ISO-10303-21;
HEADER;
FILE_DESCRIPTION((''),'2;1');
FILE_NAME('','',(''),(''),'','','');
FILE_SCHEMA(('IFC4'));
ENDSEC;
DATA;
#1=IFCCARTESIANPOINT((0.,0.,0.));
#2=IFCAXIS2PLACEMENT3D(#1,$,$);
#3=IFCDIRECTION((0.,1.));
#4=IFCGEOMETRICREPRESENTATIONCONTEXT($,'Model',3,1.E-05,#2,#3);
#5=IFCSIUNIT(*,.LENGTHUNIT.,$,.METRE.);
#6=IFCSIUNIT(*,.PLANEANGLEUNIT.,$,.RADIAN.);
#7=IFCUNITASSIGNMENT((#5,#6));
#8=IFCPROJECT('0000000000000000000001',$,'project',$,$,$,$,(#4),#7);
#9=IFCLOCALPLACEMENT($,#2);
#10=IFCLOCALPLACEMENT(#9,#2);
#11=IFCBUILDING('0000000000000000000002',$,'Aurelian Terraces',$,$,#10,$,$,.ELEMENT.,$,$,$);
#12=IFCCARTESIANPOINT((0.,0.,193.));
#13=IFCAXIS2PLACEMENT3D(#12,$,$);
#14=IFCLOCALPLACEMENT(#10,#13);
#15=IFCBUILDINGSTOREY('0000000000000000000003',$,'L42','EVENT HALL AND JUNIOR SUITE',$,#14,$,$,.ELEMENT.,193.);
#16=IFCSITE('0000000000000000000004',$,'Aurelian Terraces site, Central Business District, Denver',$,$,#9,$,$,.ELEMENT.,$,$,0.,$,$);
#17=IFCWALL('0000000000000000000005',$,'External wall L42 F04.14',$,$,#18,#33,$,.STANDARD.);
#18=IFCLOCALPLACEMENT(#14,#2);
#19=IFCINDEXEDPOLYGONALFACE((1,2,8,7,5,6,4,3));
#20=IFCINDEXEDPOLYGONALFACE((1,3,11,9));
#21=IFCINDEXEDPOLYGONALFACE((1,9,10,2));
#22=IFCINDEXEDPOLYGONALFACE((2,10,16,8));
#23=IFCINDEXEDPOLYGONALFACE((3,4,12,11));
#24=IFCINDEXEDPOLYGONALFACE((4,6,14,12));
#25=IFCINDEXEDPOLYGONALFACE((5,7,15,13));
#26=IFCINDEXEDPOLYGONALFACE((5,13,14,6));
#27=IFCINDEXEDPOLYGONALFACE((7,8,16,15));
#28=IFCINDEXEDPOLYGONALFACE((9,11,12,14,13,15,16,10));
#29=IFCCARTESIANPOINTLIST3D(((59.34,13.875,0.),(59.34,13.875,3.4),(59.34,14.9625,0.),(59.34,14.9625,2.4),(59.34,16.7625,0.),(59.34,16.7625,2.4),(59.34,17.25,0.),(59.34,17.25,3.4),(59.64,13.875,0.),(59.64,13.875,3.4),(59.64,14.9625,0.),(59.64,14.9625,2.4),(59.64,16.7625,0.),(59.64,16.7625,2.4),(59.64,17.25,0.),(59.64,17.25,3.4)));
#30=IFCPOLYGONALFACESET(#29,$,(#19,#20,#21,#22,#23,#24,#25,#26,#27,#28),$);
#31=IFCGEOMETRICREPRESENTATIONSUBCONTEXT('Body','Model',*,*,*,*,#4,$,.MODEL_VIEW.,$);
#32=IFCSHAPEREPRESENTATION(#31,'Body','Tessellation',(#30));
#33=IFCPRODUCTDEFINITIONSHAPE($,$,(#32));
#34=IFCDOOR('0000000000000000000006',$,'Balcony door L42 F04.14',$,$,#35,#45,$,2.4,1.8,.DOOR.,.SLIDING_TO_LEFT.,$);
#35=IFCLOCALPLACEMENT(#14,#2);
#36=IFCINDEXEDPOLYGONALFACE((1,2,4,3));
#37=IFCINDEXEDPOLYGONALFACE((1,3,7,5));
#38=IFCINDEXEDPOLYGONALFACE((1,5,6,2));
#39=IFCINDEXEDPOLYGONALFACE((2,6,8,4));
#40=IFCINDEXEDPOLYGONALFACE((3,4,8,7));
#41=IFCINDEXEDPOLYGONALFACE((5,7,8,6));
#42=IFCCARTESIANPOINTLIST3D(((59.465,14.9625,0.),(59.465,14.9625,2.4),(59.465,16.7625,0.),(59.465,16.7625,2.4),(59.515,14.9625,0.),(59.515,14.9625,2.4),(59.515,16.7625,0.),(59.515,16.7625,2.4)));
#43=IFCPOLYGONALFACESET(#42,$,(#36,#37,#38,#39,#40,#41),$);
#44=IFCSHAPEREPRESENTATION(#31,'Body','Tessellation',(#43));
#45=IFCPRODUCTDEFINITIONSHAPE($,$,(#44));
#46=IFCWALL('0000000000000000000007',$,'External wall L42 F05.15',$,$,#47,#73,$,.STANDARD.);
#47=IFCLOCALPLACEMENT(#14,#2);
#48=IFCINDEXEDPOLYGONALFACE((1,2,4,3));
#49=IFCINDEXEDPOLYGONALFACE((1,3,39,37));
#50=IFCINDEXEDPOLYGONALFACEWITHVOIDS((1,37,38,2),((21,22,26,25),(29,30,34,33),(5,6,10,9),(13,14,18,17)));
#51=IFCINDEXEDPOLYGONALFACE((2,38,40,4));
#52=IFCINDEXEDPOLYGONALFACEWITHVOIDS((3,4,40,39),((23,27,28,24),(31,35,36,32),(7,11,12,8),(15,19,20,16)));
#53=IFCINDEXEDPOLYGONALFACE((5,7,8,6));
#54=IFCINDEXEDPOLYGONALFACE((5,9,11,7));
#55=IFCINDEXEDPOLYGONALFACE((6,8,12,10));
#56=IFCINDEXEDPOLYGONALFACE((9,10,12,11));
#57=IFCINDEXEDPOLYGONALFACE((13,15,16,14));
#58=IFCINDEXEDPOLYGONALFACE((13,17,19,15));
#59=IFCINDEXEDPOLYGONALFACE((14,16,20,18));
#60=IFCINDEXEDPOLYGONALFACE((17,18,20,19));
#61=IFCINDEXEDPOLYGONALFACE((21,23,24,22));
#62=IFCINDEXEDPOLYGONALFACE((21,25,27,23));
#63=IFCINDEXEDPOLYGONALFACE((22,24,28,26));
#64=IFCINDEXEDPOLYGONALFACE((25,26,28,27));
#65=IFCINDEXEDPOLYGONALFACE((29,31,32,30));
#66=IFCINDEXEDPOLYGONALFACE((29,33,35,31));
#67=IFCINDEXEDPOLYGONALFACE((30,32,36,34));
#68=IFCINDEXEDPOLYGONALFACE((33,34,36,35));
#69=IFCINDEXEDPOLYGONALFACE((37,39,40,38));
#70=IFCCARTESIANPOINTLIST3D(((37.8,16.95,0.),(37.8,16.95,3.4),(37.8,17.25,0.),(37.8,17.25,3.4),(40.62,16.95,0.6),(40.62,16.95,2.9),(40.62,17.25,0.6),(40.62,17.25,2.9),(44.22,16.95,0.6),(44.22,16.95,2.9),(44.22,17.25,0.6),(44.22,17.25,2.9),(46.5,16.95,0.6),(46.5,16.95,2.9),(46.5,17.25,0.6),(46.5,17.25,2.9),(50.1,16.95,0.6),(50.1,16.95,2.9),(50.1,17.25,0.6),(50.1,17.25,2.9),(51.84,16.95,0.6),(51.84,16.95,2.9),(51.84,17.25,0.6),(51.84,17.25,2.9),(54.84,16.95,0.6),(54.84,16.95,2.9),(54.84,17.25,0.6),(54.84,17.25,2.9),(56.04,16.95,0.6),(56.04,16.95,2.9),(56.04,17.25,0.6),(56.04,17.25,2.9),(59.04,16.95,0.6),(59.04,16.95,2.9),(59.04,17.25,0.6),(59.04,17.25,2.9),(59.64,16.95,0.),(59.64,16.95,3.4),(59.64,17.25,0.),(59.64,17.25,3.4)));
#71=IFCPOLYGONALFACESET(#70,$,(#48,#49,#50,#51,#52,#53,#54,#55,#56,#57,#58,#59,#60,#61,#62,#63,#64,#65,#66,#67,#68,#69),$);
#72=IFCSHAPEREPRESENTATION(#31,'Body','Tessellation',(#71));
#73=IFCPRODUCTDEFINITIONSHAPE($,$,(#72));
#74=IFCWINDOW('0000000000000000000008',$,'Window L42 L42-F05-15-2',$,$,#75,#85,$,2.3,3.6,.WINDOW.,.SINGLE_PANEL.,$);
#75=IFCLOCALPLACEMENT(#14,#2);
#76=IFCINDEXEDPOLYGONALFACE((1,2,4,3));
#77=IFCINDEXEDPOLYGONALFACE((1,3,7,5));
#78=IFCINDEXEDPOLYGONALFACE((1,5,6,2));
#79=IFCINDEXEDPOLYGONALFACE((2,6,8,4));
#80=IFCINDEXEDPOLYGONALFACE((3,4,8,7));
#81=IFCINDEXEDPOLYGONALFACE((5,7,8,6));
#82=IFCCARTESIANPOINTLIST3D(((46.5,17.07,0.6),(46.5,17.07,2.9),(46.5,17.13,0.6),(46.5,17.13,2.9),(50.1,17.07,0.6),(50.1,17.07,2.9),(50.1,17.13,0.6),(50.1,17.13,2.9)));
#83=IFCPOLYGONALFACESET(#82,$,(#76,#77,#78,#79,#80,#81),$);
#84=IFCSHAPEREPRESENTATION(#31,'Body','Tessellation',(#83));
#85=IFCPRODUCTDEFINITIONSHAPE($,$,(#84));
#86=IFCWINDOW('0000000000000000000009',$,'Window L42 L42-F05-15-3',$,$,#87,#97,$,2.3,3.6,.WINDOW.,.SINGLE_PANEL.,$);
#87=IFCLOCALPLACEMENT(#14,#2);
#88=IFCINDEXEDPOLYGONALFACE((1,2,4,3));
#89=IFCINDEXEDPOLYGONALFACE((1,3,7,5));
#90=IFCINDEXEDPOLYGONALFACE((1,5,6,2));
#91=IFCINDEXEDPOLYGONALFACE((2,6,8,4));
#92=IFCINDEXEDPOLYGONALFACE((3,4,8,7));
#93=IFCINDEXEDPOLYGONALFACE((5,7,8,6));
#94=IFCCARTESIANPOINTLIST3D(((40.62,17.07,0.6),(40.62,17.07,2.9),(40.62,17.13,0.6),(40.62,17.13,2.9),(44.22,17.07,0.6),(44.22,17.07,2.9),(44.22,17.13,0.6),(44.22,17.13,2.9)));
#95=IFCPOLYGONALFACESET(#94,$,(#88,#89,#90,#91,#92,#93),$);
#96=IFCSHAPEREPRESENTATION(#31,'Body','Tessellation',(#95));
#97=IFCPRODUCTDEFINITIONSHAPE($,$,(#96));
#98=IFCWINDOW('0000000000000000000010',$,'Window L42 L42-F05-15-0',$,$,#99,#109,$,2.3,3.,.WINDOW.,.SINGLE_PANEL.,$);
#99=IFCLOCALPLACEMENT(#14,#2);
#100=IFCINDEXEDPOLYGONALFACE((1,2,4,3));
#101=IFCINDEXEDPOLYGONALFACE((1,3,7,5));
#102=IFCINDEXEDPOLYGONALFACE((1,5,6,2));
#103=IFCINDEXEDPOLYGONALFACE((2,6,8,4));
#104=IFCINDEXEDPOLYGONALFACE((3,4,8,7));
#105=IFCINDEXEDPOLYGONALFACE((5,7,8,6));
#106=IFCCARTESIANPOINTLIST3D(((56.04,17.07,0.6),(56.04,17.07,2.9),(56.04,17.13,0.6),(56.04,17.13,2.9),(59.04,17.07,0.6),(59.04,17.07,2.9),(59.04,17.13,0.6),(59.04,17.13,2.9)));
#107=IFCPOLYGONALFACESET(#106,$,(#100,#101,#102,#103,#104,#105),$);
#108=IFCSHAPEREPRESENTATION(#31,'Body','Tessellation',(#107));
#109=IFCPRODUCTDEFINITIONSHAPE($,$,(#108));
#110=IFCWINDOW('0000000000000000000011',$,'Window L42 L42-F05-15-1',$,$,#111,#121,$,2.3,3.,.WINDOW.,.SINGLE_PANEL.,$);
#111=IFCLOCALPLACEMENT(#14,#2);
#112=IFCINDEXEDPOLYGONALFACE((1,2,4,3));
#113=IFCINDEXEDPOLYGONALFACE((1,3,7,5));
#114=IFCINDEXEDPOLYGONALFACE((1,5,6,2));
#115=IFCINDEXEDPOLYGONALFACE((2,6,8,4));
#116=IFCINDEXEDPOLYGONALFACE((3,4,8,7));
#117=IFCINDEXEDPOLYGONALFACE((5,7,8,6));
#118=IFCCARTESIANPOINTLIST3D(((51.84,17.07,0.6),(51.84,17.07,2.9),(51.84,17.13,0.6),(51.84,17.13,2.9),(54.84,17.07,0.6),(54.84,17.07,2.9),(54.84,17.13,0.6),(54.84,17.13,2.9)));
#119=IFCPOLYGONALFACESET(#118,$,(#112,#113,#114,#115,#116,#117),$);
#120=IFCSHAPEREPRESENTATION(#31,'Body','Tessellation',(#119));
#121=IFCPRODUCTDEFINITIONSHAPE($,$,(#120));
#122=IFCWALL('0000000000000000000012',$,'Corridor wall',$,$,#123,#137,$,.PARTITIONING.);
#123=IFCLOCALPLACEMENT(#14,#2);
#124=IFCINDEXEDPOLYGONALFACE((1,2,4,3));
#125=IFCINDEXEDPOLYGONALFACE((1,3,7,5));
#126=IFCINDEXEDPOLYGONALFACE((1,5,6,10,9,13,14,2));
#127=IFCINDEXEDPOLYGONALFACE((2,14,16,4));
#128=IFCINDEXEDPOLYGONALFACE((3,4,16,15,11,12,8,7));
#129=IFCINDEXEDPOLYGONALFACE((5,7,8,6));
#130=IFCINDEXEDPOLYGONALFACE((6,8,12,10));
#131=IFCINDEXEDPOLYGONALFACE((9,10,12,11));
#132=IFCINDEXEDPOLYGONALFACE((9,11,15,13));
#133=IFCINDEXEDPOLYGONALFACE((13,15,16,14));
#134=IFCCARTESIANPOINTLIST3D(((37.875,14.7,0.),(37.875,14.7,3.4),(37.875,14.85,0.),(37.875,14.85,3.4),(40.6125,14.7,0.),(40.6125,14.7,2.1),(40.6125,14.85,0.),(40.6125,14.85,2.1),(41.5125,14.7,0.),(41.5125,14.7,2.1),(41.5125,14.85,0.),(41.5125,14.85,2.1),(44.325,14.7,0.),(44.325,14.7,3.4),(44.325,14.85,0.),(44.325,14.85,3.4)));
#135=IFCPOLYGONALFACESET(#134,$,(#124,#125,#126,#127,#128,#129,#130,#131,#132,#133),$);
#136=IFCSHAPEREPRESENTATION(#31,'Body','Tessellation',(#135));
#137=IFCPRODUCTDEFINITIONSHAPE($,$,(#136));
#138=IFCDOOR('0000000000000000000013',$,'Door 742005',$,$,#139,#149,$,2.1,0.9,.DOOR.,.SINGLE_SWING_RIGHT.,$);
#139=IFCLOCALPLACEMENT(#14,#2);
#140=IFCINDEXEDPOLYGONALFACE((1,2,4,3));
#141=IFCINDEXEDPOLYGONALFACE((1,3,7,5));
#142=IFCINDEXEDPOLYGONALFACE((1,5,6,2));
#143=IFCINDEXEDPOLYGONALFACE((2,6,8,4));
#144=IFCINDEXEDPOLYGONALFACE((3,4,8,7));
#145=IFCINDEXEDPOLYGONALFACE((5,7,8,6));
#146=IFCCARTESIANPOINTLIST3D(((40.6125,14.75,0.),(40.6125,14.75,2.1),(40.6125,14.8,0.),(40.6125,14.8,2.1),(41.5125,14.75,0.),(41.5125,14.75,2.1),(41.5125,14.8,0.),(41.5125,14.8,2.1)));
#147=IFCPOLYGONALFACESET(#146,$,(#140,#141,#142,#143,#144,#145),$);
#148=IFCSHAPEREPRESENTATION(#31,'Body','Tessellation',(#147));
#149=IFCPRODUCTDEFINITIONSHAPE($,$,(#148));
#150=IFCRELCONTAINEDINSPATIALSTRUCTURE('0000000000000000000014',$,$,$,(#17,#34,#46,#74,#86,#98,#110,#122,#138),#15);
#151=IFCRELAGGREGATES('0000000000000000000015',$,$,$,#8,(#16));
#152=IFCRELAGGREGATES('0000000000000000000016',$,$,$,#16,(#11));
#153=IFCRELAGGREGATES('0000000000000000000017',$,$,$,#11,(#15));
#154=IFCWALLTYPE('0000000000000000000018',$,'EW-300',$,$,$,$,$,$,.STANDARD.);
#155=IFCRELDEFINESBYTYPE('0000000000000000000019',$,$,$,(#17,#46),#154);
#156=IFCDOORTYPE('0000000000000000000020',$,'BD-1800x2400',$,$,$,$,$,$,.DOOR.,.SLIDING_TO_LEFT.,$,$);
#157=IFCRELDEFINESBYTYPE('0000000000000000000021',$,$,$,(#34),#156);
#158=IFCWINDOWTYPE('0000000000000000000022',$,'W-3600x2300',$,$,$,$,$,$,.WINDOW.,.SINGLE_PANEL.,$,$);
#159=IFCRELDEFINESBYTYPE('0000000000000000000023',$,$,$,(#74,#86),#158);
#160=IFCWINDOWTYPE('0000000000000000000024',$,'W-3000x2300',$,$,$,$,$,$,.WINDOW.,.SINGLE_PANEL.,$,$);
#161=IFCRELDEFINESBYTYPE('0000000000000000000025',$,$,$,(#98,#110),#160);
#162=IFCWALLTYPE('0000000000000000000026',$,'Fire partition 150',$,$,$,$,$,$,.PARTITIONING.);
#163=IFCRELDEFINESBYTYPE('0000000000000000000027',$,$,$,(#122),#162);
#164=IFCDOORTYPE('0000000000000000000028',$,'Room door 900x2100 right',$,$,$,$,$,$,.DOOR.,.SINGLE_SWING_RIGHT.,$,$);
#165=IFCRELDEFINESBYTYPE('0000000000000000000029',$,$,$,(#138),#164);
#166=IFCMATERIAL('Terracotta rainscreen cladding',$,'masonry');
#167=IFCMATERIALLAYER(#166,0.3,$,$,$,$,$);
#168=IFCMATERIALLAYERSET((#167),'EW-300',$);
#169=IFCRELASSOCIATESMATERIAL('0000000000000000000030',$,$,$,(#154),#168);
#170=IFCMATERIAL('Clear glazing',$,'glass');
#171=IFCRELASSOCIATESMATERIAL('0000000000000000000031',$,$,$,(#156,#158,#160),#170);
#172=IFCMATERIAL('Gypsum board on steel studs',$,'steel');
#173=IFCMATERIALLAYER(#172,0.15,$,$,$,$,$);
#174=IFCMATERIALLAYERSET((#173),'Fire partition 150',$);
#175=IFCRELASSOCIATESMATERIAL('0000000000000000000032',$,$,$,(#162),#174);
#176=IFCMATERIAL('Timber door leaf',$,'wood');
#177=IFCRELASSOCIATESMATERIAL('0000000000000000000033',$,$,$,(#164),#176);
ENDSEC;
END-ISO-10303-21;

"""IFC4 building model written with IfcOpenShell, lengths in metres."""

from ifc_helpers import new_model, si_unit, direction, frame, frame_2d, origin, place, context, subcontext, project, spatial, rectangle, extrude, source, transform, mapped, material, layer, layer_set, type_object, element, fill, save


model = new_model("IFC4")

# Units and contexts
model_context = context("Model", 3, precision=1e-05, world=origin(), true_north=direction((0.0, 1.0)))
body_context = subcontext(model_context, "Body", "Model", "MODEL_VIEW")
ifc_project = project(units=[si_unit("LENGTHUNIT", "METRE"), si_unit("PLANEANGLEUNIT", "RADIAN")], contexts=[model_context])

# Site, building, storey
site_placement = place(None, origin())
site = spatial("IfcSite", under=ifc_project, at=site_placement, Name="Aurelian Terraces site, Central Business District, Denver", CompositionType="ELEMENT", RefElevation=0.0)
building_placement = place(site_placement, origin())
building = spatial("IfcBuilding", under=site, at=building_placement, Name="Aurelian Terraces", CompositionType="ELEMENT")
storey_placement = place(building_placement, frame((0.0, 0.0, 193.0)))
storey = spatial("IfcBuildingStorey", under=building, at=storey_placement, Name="L42", Description="EVENT HALL AND JUNIOR SUITE", CompositionType="ELEMENT", Elevation=193.0)

# Wall, opening, door
ifc_material_1 = material(Name="Terracotta rainscreen cladding", Category="masonry")
ifc_layer_1 = layer(ifc_material_1, 0.3)
ifc_layer_set_1 = layer_set([ifc_layer_1], Name="EW-300")
wall_type_1 = type_object("IfcWallType", Name="EW-300", PredefinedType="STANDARD", material=ifc_layer_set_1)
shared_shape_1 = source(origin(), body_context, "Body", "SweptSolid", [
    extrude(rectangle(XDim=3.375, YDim=0.3, at=frame_2d((1.6875, 0.0))), origin(), (0.0, 0.0, 1.0), 3.4),
])
wall_1_placement = place(storey_placement, frame((59.49, 13.875, 0.0), z_axis=(0.0, 0.0, 1.0), x_axis=(0.0, 1.0, 0.0)))
wall_1 = element("IfcWall", 1, at=wall_1_placement, inside=storey, type_object=wall_type_1, Name="External wall L42 F04.14", PredefinedType="STANDARD", context=body_context, shape_type="MappedRepresentation", body=[
    mapped(shared_shape_1, transform((0.0, 0.0, 0.0), scale=1.0)),
])
shared_shape_2 = source(origin(), body_context, "Body", "SweptSolid", [
    extrude(rectangle(XDim=1.8, YDim=2.4, at=frame_2d((0.9, 1.2))), frame((0.0, 0.16, 0.0), z_axis=(0.0, -1.0, 0.0), x_axis=(1.0, 0.0, 0.0)), (0.0, 0.0, 1.0), 0.32),
])
opening_1_placement = place(wall_1_placement, frame((1.0875, 0.0, 0.0)))
opening_1 = element("IfcOpeningElement", 2, at=opening_1_placement, cuts=wall_1, PredefinedType="OPENING", context=body_context, shape_type="MappedRepresentation", body=[
    mapped(shared_shape_2, transform((0.0, 0.0, 0.0), scale=1.0)),
])
ifc_material_2 = material(Name="Clear glazing", Category="glass")
door_type_1 = type_object("IfcDoorType", Name="BD-1800x2400", OperationType="SLIDING_TO_LEFT", PredefinedType="DOOR", material=ifc_material_2)
shared_shape_3 = source(origin(), body_context, "Body", "SweptSolid", [
    extrude(rectangle(XDim=1.8, YDim=2.4, at=frame_2d((0.9, 1.2))), frame((0.0, 0.025, 0.0), z_axis=(0.0, -1.0, 0.0), x_axis=(1.0, 0.0, 0.0)), (0.0, 0.0, 1.0), 0.05),
])
door_1_placement = place(opening_1_placement, origin())
door_1 = element("IfcDoor", 3, at=door_1_placement, inside=storey, type_object=door_type_1, Name="Balcony door L42 F04.14", OperationType="SLIDING_TO_LEFT", OverallHeight=2.4, OverallWidth=1.8, PredefinedType="DOOR", context=body_context, shape_type="MappedRepresentation", body=[
    mapped(shared_shape_3, transform((0.0, 0.0, 0.0), scale=1.0)),
])
fill(opening_1, door_1)

# Wall, openings, windows
shared_shape_4 = source(origin(), body_context, "Body", "SweptSolid", [
    extrude(rectangle(XDim=21.84, YDim=0.3, at=frame_2d((10.92, 0.0))), origin(), (0.0, 0.0, 1.0), 3.4),
])
wall_2_placement = place(storey_placement, frame((59.64, 17.1, 0.0), z_axis=(0.0, 0.0, 1.0), x_axis=(-1.0, 0.0, 0.0)))
wall_2 = element("IfcWall", 4, at=wall_2_placement, inside=storey, type_object=wall_type_1, Name="External wall L42 F05.15", PredefinedType="STANDARD", context=body_context, shape_type="MappedRepresentation", body=[
    mapped(shared_shape_4, transform((0.0, 0.0, 0.0), scale=1.0)),
])
shared_shape_5 = source(origin(), body_context, "Body", "SweptSolid", [
    extrude(rectangle(XDim=3.0, YDim=2.3, at=frame_2d((1.5, 1.15))), frame((0.0, 0.16, 0.0), z_axis=(0.0, -1.0, 0.0), x_axis=(1.0, 0.0, 0.0)), (0.0, 0.0, 1.0), 0.32),
])
opening_2_placement = place(wall_2_placement, frame((0.6, 0.0, 0.6)))
opening_2 = element("IfcOpeningElement", 5, at=opening_2_placement, cuts=wall_2, PredefinedType="OPENING", context=body_context, shape_type="MappedRepresentation", body=[
    mapped(shared_shape_5, transform((0.0, 0.0, 0.0), scale=1.0)),
])
opening_3_placement = place(wall_2_placement, frame((4.8, 0.0, 0.6)))
opening_3 = element("IfcOpeningElement", 6, at=opening_3_placement, cuts=wall_2, PredefinedType="OPENING", context=body_context, shape_type="MappedRepresentation", body=[
    mapped(shared_shape_5, transform((0.0, 0.0, 0.0), scale=1.0)),
])
shared_shape_6 = source(origin(), body_context, "Body", "SweptSolid", [
    extrude(rectangle(XDim=3.6, YDim=2.3, at=frame_2d((1.8, 1.15))), frame((0.0, 0.16, 0.0), z_axis=(0.0, -1.0, 0.0), x_axis=(1.0, 0.0, 0.0)), (0.0, 0.0, 1.0), 0.32),
])
opening_4_placement = place(wall_2_placement, frame((9.54, 0.0, 0.6)))
opening_4 = element("IfcOpeningElement", 7, at=opening_4_placement, cuts=wall_2, PredefinedType="OPENING", context=body_context, shape_type="MappedRepresentation", body=[
    mapped(shared_shape_6, transform((0.0, 0.0, 0.0), scale=1.0)),
])
opening_5_placement = place(wall_2_placement, frame((15.42, 0.0, 0.6)))
opening_5 = element("IfcOpeningElement", 8, at=opening_5_placement, cuts=wall_2, PredefinedType="OPENING", context=body_context, shape_type="MappedRepresentation", body=[
    mapped(shared_shape_6, transform((0.0, 0.0, 0.0), scale=1.0)),
])
window_type_1 = type_object("IfcWindowType", Name="W-3600x2300", PartitioningType="SINGLE_PANEL", PredefinedType="WINDOW", material=ifc_material_2)
shared_shape_7 = source(origin(), body_context, "Body", "SweptSolid", [
    extrude(rectangle(XDim=3.6, YDim=2.3, at=frame_2d((1.8, 1.15))), frame((0.0, 0.03, 0.0), z_axis=(0.0, -1.0, 0.0), x_axis=(1.0, 0.0, 0.0)), (0.0, 0.0, 1.0), 0.06),
])
window_1_placement = place(opening_4_placement, origin())
window_1 = element("IfcWindow", 9, at=window_1_placement, inside=storey, type_object=window_type_1, Name="Window L42 L42-F05-15-2", OverallHeight=2.3, OverallWidth=3.6, PartitioningType="SINGLE_PANEL", PredefinedType="WINDOW", context=body_context, shape_type="MappedRepresentation", body=[
    mapped(shared_shape_7, transform((0.0, 0.0, 0.0), scale=1.0)),
])
fill(opening_4, window_1)
window_2_placement = place(opening_5_placement, origin())
window_2 = element("IfcWindow", 10, at=window_2_placement, inside=storey, type_object=window_type_1, Name="Window L42 L42-F05-15-3", OverallHeight=2.3, OverallWidth=3.6, PartitioningType="SINGLE_PANEL", PredefinedType="WINDOW", context=body_context, shape_type="MappedRepresentation", body=[
    mapped(shared_shape_7, transform((0.0, 0.0, 0.0), scale=1.0)),
])
fill(opening_5, window_2)
window_type_2 = type_object("IfcWindowType", Name="W-3000x2300", PartitioningType="SINGLE_PANEL", PredefinedType="WINDOW", material=ifc_material_2)
shared_shape_8 = source(origin(), body_context, "Body", "SweptSolid", [
    extrude(rectangle(XDim=3.0, YDim=2.3, at=frame_2d((1.5, 1.15))), frame((0.0, 0.03, 0.0), z_axis=(0.0, -1.0, 0.0), x_axis=(1.0, 0.0, 0.0)), (0.0, 0.0, 1.0), 0.06),
])
window_3_placement = place(opening_2_placement, origin())
window_3 = element("IfcWindow", 11, at=window_3_placement, inside=storey, type_object=window_type_2, Name="Window L42 L42-F05-15-0", OverallHeight=2.3, OverallWidth=3.0, PartitioningType="SINGLE_PANEL", PredefinedType="WINDOW", context=body_context, shape_type="MappedRepresentation", body=[
    mapped(shared_shape_8, transform((0.0, 0.0, 0.0), scale=1.0)),
])
fill(opening_2, window_3)
window_4_placement = place(opening_3_placement, origin())
window_4 = element("IfcWindow", 12, at=window_4_placement, inside=storey, type_object=window_type_2, Name="Window L42 L42-F05-15-1", OverallHeight=2.3, OverallWidth=3.0, PartitioningType="SINGLE_PANEL", PredefinedType="WINDOW", context=body_context, shape_type="MappedRepresentation", body=[
    mapped(shared_shape_8, transform((0.0, 0.0, 0.0), scale=1.0)),
])
fill(opening_3, window_4)

# Wall, opening, door
ifc_material_3 = material(Name="Gypsum board on steel studs", Category="steel")
ifc_layer_2 = layer(ifc_material_3, 0.15)
ifc_layer_set_2 = layer_set([ifc_layer_2], Name="Fire partition 150")
wall_type_2 = type_object("IfcWallType", Name="Fire partition 150", PredefinedType="PARTITIONING", material=ifc_layer_set_2)
shared_shape_9 = source(origin(), body_context, "Body", "SweptSolid", [
    extrude(rectangle(XDim=6.45, YDim=0.15, at=frame_2d((3.225, 0.0))), origin(), (0.0, 0.0, 1.0), 3.4),
])
wall_3_placement = place(storey_placement, frame((44.325, 14.775, 0.0), z_axis=(0.0, 0.0, 1.0), x_axis=(-1.0, 0.0, 0.0)))
wall_3 = element("IfcWall", 13, at=wall_3_placement, inside=storey, type_object=wall_type_2, Name="Corridor wall", PredefinedType="PARTITIONING", context=body_context, shape_type="MappedRepresentation", body=[
    mapped(shared_shape_9, transform((0.0, 0.0, 0.0), scale=1.0)),
])
shared_shape_10 = source(origin(), body_context, "Body", "SweptSolid", [
    extrude(rectangle(XDim=0.9, YDim=2.1, at=frame_2d((0.45, 1.05))), frame((0.0, 0.085, 0.0), z_axis=(0.0, -1.0, 0.0), x_axis=(1.0, 0.0, 0.0)), (0.0, 0.0, 1.0), 0.17),
])
opening_6_placement = place(wall_3_placement, frame((2.8125, 0.0, 0.0)))
opening_6 = element("IfcOpeningElement", 14, at=opening_6_placement, cuts=wall_3, PredefinedType="OPENING", context=body_context, shape_type="MappedRepresentation", body=[
    mapped(shared_shape_10, transform((0.0, 0.0, 0.0), scale=1.0)),
])
ifc_material_4 = material(Name="Timber door leaf", Category="wood")
door_type_2 = type_object("IfcDoorType", Name="Room door 900x2100 right", OperationType="SINGLE_SWING_RIGHT", PredefinedType="DOOR", material=ifc_material_4)
shared_shape_11 = source(origin(), body_context, "Body", "SweptSolid", [
    extrude(rectangle(XDim=0.9, YDim=2.1, at=frame_2d((0.45, 1.05))), frame((0.0, 0.025, 0.0), z_axis=(0.0, -1.0, 0.0), x_axis=(1.0, 0.0, 0.0)), (0.0, 0.0, 1.0), 0.05),
])
door_2_placement = place(opening_6_placement, origin())
door_2 = element("IfcDoor", 15, at=door_2_placement, inside=storey, type_object=door_type_2, Name="Door 742005", OperationType="SINGLE_SWING_RIGHT", OverallHeight=2.1, OverallWidth=0.9, PredefinedType="DOOR", context=body_context, shape_type="MappedRepresentation", body=[
    mapped(shared_shape_11, transform((0.0, 0.0, 0.0), scale=1.0)),
])
fill(opening_6, door_2)

save(model, "model.ifc")
